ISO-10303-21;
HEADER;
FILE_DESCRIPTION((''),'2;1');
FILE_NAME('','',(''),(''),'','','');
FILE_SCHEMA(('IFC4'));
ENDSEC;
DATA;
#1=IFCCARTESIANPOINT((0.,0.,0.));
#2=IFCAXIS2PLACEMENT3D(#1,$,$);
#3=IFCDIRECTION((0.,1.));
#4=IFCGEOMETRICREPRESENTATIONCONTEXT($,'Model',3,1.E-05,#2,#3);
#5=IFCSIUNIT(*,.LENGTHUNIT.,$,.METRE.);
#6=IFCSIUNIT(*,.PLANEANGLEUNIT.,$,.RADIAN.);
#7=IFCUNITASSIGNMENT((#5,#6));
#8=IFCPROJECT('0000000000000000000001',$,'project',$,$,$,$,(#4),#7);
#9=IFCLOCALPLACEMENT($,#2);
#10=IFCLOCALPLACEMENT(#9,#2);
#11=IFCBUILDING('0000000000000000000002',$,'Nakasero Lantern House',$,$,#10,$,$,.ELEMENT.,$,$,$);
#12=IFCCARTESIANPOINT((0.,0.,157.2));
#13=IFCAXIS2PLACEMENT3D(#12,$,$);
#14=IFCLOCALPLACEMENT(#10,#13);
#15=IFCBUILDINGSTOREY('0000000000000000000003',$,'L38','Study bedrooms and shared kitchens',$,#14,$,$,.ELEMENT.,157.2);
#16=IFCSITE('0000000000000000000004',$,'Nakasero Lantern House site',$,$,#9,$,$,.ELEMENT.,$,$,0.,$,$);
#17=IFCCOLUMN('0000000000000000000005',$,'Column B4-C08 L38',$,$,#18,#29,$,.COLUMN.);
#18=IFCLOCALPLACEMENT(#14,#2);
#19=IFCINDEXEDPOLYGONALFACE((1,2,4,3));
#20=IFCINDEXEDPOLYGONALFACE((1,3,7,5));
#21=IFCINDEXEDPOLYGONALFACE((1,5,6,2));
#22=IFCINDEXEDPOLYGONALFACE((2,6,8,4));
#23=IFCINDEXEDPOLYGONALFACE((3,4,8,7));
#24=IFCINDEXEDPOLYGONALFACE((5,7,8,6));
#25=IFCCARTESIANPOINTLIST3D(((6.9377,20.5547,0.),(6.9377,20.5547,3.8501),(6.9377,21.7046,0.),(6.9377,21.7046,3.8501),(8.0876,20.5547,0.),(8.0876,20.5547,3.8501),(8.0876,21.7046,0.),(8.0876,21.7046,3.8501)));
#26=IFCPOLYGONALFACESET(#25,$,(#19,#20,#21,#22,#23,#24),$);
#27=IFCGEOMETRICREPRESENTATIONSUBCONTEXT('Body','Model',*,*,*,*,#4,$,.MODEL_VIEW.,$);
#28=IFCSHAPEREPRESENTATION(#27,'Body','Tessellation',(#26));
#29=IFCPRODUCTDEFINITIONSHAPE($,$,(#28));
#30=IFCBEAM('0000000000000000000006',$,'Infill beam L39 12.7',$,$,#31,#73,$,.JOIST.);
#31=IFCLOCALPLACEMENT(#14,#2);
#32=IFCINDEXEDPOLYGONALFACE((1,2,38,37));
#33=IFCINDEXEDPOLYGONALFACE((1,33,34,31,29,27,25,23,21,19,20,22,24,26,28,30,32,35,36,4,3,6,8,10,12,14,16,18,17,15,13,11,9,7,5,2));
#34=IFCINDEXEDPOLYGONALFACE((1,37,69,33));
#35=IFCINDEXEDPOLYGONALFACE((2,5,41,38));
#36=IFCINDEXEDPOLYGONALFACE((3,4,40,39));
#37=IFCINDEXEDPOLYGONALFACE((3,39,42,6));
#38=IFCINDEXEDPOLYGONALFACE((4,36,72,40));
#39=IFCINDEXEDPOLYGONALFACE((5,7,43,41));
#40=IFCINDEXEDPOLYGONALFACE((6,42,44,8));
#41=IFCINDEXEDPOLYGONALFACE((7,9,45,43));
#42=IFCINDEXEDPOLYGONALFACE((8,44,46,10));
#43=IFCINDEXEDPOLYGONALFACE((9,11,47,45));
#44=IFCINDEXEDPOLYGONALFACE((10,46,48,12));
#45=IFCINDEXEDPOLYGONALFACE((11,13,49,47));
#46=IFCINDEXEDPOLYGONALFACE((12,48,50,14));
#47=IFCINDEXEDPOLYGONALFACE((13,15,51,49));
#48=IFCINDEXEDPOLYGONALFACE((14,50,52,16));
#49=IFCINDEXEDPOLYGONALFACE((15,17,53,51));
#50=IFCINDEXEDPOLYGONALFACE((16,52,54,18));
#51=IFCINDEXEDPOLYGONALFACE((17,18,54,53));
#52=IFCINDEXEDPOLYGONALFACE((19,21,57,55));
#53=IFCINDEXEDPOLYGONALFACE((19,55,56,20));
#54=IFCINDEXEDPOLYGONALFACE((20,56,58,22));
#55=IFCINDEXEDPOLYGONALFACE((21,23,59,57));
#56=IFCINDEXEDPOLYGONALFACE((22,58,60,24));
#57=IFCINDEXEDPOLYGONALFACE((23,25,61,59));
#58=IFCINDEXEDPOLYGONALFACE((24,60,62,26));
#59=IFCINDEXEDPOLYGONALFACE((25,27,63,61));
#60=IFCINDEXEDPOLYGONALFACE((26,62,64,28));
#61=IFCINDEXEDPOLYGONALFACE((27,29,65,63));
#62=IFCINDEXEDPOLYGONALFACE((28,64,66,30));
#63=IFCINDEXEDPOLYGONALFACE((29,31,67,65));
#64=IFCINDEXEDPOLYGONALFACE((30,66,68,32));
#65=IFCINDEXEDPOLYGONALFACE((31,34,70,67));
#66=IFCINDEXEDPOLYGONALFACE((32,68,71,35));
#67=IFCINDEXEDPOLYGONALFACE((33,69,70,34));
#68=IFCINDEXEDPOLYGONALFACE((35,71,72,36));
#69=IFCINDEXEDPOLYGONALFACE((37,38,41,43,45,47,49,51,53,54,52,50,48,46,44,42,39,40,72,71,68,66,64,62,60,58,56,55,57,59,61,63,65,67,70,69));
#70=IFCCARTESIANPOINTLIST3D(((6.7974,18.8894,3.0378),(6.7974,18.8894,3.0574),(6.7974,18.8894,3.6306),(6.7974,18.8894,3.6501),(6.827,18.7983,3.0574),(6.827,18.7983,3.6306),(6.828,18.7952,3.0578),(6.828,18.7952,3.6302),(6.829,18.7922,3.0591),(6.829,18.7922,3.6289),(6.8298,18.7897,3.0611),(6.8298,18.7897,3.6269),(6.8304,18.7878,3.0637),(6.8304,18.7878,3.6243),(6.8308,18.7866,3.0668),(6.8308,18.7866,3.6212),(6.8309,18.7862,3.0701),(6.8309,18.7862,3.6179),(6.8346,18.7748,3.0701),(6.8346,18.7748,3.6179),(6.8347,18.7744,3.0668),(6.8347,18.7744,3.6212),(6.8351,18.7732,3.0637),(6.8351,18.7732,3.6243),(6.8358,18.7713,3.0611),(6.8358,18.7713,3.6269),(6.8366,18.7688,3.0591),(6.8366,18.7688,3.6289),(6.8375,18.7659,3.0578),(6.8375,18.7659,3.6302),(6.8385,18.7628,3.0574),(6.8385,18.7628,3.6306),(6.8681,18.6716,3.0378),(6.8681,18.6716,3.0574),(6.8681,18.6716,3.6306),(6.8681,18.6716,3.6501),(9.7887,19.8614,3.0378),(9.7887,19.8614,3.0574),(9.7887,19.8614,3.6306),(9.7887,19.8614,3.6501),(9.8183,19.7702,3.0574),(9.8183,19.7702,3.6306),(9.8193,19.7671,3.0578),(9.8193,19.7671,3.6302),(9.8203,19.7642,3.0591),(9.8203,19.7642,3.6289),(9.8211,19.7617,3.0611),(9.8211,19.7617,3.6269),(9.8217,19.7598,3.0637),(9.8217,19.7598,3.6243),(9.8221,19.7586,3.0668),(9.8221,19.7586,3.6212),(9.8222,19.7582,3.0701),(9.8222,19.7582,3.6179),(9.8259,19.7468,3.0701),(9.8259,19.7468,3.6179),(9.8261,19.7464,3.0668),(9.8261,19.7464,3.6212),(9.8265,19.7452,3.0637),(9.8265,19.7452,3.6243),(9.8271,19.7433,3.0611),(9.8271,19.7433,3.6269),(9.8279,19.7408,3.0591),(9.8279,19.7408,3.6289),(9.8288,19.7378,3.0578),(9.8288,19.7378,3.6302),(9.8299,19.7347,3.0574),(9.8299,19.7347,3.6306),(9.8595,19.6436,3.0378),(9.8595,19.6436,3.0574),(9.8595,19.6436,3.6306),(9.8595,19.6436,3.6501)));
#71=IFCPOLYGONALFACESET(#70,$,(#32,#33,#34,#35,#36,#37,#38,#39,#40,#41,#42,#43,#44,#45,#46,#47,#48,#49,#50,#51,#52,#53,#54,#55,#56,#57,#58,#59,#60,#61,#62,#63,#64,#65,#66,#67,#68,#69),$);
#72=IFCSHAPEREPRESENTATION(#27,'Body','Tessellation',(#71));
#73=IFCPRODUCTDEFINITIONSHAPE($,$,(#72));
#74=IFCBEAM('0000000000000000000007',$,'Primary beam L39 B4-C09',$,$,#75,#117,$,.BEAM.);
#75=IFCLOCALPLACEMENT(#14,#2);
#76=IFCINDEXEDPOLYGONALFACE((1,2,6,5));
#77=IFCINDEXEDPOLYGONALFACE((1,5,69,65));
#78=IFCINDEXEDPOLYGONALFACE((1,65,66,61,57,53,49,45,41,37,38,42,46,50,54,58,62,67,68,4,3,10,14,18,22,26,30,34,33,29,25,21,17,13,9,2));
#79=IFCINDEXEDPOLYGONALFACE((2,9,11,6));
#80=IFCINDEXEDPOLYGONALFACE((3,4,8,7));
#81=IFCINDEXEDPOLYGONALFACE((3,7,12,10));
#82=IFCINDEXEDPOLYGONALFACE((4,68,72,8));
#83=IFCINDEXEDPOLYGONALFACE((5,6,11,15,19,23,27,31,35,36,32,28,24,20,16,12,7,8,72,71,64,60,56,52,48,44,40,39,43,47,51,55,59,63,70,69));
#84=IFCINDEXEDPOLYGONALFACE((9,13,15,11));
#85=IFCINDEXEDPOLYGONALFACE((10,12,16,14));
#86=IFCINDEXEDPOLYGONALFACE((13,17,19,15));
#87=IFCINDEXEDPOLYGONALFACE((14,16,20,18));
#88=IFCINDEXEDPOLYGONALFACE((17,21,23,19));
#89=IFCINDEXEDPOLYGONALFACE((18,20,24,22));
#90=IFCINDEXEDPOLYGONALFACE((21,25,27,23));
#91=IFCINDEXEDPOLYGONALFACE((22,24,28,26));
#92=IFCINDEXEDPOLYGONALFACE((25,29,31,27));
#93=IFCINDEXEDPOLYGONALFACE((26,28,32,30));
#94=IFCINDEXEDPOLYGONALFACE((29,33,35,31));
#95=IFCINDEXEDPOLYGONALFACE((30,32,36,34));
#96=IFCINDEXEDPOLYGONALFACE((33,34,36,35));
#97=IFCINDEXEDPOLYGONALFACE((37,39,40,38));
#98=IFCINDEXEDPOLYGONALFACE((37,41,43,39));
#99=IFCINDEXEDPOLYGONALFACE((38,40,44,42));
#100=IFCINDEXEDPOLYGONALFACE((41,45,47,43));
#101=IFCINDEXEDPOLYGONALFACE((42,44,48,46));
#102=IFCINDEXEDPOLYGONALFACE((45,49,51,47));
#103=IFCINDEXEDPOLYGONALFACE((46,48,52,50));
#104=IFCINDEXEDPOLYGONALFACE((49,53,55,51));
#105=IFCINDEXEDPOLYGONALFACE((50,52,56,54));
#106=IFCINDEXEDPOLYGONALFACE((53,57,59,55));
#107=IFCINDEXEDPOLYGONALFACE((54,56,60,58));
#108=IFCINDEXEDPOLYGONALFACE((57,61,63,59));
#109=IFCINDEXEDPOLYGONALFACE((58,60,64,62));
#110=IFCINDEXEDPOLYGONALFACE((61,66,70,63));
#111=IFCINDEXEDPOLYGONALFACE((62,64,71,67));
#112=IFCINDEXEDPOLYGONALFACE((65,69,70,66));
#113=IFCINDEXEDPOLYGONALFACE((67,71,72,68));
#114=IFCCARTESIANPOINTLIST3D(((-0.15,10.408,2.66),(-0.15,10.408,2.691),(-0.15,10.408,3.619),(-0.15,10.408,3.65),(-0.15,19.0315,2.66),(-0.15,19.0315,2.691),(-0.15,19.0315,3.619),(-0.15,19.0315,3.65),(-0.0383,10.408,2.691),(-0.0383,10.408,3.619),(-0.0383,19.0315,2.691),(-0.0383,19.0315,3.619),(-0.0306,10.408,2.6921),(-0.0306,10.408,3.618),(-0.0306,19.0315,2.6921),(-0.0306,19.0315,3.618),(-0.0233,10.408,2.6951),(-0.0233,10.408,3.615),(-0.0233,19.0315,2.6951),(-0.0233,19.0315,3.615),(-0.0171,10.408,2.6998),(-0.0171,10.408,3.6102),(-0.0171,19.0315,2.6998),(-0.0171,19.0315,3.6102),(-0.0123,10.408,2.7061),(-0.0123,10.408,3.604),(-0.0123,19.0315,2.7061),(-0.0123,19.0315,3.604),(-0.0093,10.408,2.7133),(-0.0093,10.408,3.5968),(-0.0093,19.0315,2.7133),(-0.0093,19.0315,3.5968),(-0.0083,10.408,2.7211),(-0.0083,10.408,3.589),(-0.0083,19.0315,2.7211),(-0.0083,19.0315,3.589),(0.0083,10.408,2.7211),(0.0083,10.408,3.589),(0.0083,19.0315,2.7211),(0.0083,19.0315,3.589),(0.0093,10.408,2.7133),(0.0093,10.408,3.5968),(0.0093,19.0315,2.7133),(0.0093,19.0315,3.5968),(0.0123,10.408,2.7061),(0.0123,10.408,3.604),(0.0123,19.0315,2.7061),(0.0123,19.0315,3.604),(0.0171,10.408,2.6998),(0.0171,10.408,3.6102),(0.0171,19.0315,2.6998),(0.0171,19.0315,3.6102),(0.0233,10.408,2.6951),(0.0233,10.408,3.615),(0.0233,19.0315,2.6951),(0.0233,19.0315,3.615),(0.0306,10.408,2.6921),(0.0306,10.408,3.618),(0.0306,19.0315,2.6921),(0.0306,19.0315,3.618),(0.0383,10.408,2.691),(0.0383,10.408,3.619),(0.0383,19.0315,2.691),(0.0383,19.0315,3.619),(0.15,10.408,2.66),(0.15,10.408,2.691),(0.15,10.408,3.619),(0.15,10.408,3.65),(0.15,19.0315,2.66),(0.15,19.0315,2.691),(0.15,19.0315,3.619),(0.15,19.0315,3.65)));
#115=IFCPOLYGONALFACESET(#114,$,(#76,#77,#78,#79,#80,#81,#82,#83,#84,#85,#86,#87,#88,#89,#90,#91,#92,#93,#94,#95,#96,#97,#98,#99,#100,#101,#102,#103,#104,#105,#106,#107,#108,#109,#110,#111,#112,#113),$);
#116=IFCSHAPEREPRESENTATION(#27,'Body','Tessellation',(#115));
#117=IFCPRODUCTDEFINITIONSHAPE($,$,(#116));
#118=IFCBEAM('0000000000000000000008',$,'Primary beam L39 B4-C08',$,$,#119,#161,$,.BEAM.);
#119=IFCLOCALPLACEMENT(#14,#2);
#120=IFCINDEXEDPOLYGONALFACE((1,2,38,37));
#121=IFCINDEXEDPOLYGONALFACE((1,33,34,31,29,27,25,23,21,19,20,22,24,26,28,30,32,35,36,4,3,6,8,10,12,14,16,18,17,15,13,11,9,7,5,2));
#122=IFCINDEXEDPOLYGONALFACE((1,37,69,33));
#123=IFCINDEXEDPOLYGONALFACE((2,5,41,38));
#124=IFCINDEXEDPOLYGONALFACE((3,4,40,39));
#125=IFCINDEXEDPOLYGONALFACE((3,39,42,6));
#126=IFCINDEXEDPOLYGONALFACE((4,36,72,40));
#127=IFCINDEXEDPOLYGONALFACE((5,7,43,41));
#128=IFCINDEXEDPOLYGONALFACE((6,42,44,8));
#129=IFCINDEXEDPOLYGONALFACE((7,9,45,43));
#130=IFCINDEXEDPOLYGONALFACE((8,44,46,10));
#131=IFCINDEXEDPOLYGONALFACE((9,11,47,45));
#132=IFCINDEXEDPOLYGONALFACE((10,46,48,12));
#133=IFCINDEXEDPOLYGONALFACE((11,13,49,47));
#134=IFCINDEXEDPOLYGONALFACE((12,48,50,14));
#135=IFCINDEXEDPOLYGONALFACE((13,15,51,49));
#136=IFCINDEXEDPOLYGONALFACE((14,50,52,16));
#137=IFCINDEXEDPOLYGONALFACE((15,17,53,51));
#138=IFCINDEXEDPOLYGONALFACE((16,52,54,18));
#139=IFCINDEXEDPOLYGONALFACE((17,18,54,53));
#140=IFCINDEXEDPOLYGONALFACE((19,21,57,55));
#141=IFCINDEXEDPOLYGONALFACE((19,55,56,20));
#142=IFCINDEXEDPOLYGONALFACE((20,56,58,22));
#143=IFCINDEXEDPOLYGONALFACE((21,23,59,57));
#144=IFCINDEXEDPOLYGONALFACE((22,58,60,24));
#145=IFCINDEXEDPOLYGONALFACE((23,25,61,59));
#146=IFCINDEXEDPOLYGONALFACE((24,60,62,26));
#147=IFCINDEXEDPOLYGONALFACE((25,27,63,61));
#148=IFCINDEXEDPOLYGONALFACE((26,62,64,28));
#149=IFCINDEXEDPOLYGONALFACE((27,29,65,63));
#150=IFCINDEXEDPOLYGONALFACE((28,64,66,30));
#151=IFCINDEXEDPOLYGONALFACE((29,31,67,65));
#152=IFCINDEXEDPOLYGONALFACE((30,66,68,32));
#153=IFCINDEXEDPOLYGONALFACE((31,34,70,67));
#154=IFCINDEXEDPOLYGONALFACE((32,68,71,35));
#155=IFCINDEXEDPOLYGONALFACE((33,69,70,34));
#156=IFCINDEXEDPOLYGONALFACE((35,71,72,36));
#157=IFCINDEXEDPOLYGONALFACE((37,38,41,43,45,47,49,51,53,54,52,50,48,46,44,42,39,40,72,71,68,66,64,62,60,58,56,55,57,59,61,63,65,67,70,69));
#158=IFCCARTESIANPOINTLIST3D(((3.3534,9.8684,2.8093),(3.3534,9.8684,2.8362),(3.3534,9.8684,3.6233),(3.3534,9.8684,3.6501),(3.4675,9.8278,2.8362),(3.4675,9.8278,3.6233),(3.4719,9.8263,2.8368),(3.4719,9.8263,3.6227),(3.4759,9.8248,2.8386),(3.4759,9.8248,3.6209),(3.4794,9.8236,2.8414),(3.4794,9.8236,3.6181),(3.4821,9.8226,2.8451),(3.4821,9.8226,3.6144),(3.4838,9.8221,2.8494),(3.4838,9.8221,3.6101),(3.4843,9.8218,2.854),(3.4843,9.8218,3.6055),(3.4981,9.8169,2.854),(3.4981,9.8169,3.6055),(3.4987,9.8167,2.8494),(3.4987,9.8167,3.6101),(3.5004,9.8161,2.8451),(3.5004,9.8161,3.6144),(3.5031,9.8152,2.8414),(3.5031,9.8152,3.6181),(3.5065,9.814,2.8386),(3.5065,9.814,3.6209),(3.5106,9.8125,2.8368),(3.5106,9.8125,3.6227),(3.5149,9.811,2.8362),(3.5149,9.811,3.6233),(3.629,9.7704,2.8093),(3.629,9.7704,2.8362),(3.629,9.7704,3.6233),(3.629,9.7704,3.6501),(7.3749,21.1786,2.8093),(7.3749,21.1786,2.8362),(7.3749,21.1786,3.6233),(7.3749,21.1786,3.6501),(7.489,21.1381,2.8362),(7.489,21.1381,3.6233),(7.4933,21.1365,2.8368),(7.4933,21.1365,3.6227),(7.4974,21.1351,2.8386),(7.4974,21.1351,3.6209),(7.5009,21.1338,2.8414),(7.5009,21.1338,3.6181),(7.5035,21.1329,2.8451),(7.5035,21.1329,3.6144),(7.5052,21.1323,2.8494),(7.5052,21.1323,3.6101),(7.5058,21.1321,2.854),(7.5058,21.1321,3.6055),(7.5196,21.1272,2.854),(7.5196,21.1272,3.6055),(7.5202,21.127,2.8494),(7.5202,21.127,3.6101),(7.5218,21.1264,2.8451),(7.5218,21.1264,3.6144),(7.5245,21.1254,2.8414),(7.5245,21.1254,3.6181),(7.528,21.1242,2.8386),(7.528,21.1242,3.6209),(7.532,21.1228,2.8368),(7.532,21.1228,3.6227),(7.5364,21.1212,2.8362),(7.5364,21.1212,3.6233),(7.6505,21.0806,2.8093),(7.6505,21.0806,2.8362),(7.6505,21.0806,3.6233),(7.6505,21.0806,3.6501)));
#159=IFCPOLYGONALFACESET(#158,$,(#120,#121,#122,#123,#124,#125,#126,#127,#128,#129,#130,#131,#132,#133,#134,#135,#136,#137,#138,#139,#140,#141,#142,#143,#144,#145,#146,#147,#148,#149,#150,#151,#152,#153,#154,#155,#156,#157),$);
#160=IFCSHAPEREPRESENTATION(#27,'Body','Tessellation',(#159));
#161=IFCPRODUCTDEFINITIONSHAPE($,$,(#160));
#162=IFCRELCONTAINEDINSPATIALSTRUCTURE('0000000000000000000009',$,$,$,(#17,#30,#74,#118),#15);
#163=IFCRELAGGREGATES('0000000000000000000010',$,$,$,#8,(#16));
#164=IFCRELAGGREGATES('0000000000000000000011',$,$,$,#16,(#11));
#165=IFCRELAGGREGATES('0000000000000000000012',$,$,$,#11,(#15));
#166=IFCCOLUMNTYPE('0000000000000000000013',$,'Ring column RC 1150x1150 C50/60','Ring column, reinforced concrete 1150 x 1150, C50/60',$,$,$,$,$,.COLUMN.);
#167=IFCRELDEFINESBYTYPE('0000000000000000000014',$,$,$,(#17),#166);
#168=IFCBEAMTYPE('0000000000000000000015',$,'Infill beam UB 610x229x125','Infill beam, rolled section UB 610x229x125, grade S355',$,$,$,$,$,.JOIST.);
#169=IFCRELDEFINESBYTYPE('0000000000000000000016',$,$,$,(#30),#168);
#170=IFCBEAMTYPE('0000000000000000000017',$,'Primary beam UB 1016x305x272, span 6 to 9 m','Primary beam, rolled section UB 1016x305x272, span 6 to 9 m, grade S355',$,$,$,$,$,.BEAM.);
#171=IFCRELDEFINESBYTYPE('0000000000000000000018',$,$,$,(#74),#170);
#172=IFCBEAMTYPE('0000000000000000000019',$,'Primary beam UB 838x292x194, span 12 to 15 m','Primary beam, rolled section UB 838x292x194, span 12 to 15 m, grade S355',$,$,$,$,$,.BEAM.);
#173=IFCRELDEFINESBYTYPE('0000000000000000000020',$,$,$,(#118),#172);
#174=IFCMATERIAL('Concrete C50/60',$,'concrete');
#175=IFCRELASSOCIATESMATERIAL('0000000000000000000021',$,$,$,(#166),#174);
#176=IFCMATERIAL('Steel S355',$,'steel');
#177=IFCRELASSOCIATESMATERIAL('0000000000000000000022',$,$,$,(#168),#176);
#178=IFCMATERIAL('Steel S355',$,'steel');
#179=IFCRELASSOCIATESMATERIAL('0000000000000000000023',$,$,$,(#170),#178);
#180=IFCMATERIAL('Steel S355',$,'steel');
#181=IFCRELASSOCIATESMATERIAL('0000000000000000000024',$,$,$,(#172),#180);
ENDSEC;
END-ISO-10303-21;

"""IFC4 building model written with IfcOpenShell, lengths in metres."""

from ifc_helpers import new_model, si_unit, direction, frame, origin, origin_2d, place, context, subcontext, project, spatial, rectangle, i_section, extrude, material, material_profile, profile_set, type_object, element, save


model = new_model("IFC4")

# Units and contexts
model_context = context("Model", 3, precision=1e-05, world=origin(), true_north=direction((0.0, 1.0)))
body_context = subcontext(model_context, "Body", "Model", "MODEL_VIEW")
ifc_project = project(units=[si_unit("LENGTHUNIT", "METRE"), si_unit("PLANEANGLEUNIT", "RADIAN")], contexts=[model_context])

# Site, building, storey
site_placement = place(None, origin())
site = spatial("IfcSite", under=ifc_project, at=site_placement, Name="Nakasero Lantern House site", CompositionType="ELEMENT", RefElevation=0.0)
building_placement = place(site_placement, origin())
building = spatial("IfcBuilding", under=site, at=building_placement, Name="Nakasero Lantern House", CompositionType="ELEMENT")
storey_placement = place(building_placement, frame((0.0, 0.0, 157.2)))
storey = spatial("IfcBuildingStorey", under=building, at=storey_placement, Name="L38", Description="Study bedrooms and shared kitchens", CompositionType="ELEMENT", Elevation=157.2)

# Column
ifc_material_1 = material(Name="Concrete C50/60", Category="concrete")
ifc_material_profile_1 = material_profile(ifc_material_1, rectangle(XDim=1.1499, YDim=1.1499, at=origin_2d()), Name="RC 1150x1150")
ifc_profile_set_1 = profile_set([ifc_material_profile_1], Name="Concrete C50/60")
column_type = type_object("IfcColumnType", Name="Ring column RC 1150x1150 C50/60", Description="Ring column, reinforced concrete 1150 x 1150, C50/60", PredefinedType="COLUMN", material=ifc_profile_set_1)
column_placement = place(storey_placement, frame((7.5127, 21.1296, 0.0), z_axis=(0.0, 0.0, 1.0), x_axis=(1.0, 0.0, 0.0)))
element("IfcColumn", 1, at=column_placement, inside=storey, type_object=column_type, Name="Column B4-C08 L38", PredefinedType="COLUMN", context=body_context, shape_type="SweptSolid", body=[
    extrude(rectangle(XDim=1.1499, YDim=1.1499, at=origin_2d()), origin(), (0.0, 0.0, 1.0), 3.8501),
])

# Beams
ifc_material_2 = material(Name="Steel S355", Category="steel")
ifc_material_profile_2 = material_profile(ifc_material_2, i_section(OverallWidth=0.229, OverallDepth=0.6123, WebThickness=0.012, FlangeThickness=0.0195, FilletRadius=0.0127, at=origin_2d()), Name="UB 610x229x125")
ifc_profile_set_2 = profile_set([ifc_material_profile_2], Name="Steel S355")
beam_type_1 = type_object("IfcBeamType", Name="Infill beam UB 610x229x125", Description="Infill beam, rolled section UB 610x229x125, grade S355", PredefinedType="JOIST", material=ifc_profile_set_2)
beam_1_placement = place(storey_placement, frame((6.8328, 18.7805, 3.344), z_axis=(0.951055, 0.309023, 0.0), x_axis=(-0.309023, 0.951055, 0.0)))
element("IfcBeam", 2, at=beam_1_placement, inside=storey, type_object=beam_type_1, Name="Infill beam L39 12.7", PredefinedType="JOIST", context=body_context, shape_type="SweptSolid", body=[
    extrude(i_section(OverallWidth=0.229, OverallDepth=0.6123, WebThickness=0.012, FlangeThickness=0.0195, FilletRadius=0.0127, at=origin_2d()), origin(), (0.0, 0.0, 1.0), 3.1453),
])
ifc_material_3 = material(Name="Steel S355", Category="steel")
ifc_material_profile_3 = material_profile(ifc_material_3, i_section(OverallWidth=0.3, OverallDepth=0.99, WebThickness=0.0166, FlangeThickness=0.031, FilletRadius=0.03, at=origin_2d()), Name="UB 1016x305x272")
ifc_profile_set_3 = profile_set([ifc_material_profile_3], Name="Steel S355")
beam_type_2 = type_object("IfcBeamType", Name="Primary beam UB 1016x305x272, span 6 to 9 m", Description="Primary beam, rolled section UB 1016x305x272, span 6 to 9 m, grade S355", PredefinedType="BEAM", material=ifc_profile_set_3)
beam_2_placement = place(storey_placement, frame((0.0, 19.0315, 3.155), z_axis=(0.0, -1.0, 0.0), x_axis=(1.0, 0.0, 0.0)))
element("IfcBeam", 3, at=beam_2_placement, inside=storey, type_object=beam_type_2, Name="Primary beam L39 B4-C09", PredefinedType="BEAM", context=body_context, shape_type="SweptSolid", body=[
    extrude(i_section(OverallWidth=0.3, OverallDepth=0.99, WebThickness=0.0166, FlangeThickness=0.031, FilletRadius=0.03, at=origin_2d()), origin(), (0.0, 0.0, 1.0), 8.6235),
])
ifc_material_4 = material(Name="Steel S355", Category="steel")
ifc_material_profile_4 = material_profile(ifc_material_4, i_section(OverallWidth=0.2925, OverallDepth=0.8408, WebThickness=0.0146, FlangeThickness=0.0269, FilletRadius=0.0178, at=origin_2d()), Name="UB 838x292x194")
ifc_profile_set_4 = profile_set([ifc_material_profile_4], Name="Steel S355")
beam_type_3 = type_object("IfcBeamType", Name="Primary beam UB 838x292x194, span 12 to 15 m", Description="Primary beam, rolled section UB 838x292x194, span 12 to 15 m, grade S355", PredefinedType="BEAM", material=ifc_profile_set_4)
beam_3_placement = place(storey_placement, frame((7.5127, 21.1296, 3.2297), z_axis=(-0.335013, -0.942214, 0.0), x_axis=(0.942214, -0.335013, 0.0)))
element("IfcBeam", 4, at=beam_3_placement, inside=storey, type_object=beam_type_3, Name="Primary beam L39 B4-C08", PredefinedType="BEAM", context=body_context, shape_type="SweptSolid", body=[
    extrude(i_section(OverallWidth=0.2925, OverallDepth=0.8408, WebThickness=0.0146, FlangeThickness=0.0269, FilletRadius=0.0178, at=origin_2d()), origin(), (0.0, 0.0, 1.0), 12.0039),
])

save(model, "model.ifc")
